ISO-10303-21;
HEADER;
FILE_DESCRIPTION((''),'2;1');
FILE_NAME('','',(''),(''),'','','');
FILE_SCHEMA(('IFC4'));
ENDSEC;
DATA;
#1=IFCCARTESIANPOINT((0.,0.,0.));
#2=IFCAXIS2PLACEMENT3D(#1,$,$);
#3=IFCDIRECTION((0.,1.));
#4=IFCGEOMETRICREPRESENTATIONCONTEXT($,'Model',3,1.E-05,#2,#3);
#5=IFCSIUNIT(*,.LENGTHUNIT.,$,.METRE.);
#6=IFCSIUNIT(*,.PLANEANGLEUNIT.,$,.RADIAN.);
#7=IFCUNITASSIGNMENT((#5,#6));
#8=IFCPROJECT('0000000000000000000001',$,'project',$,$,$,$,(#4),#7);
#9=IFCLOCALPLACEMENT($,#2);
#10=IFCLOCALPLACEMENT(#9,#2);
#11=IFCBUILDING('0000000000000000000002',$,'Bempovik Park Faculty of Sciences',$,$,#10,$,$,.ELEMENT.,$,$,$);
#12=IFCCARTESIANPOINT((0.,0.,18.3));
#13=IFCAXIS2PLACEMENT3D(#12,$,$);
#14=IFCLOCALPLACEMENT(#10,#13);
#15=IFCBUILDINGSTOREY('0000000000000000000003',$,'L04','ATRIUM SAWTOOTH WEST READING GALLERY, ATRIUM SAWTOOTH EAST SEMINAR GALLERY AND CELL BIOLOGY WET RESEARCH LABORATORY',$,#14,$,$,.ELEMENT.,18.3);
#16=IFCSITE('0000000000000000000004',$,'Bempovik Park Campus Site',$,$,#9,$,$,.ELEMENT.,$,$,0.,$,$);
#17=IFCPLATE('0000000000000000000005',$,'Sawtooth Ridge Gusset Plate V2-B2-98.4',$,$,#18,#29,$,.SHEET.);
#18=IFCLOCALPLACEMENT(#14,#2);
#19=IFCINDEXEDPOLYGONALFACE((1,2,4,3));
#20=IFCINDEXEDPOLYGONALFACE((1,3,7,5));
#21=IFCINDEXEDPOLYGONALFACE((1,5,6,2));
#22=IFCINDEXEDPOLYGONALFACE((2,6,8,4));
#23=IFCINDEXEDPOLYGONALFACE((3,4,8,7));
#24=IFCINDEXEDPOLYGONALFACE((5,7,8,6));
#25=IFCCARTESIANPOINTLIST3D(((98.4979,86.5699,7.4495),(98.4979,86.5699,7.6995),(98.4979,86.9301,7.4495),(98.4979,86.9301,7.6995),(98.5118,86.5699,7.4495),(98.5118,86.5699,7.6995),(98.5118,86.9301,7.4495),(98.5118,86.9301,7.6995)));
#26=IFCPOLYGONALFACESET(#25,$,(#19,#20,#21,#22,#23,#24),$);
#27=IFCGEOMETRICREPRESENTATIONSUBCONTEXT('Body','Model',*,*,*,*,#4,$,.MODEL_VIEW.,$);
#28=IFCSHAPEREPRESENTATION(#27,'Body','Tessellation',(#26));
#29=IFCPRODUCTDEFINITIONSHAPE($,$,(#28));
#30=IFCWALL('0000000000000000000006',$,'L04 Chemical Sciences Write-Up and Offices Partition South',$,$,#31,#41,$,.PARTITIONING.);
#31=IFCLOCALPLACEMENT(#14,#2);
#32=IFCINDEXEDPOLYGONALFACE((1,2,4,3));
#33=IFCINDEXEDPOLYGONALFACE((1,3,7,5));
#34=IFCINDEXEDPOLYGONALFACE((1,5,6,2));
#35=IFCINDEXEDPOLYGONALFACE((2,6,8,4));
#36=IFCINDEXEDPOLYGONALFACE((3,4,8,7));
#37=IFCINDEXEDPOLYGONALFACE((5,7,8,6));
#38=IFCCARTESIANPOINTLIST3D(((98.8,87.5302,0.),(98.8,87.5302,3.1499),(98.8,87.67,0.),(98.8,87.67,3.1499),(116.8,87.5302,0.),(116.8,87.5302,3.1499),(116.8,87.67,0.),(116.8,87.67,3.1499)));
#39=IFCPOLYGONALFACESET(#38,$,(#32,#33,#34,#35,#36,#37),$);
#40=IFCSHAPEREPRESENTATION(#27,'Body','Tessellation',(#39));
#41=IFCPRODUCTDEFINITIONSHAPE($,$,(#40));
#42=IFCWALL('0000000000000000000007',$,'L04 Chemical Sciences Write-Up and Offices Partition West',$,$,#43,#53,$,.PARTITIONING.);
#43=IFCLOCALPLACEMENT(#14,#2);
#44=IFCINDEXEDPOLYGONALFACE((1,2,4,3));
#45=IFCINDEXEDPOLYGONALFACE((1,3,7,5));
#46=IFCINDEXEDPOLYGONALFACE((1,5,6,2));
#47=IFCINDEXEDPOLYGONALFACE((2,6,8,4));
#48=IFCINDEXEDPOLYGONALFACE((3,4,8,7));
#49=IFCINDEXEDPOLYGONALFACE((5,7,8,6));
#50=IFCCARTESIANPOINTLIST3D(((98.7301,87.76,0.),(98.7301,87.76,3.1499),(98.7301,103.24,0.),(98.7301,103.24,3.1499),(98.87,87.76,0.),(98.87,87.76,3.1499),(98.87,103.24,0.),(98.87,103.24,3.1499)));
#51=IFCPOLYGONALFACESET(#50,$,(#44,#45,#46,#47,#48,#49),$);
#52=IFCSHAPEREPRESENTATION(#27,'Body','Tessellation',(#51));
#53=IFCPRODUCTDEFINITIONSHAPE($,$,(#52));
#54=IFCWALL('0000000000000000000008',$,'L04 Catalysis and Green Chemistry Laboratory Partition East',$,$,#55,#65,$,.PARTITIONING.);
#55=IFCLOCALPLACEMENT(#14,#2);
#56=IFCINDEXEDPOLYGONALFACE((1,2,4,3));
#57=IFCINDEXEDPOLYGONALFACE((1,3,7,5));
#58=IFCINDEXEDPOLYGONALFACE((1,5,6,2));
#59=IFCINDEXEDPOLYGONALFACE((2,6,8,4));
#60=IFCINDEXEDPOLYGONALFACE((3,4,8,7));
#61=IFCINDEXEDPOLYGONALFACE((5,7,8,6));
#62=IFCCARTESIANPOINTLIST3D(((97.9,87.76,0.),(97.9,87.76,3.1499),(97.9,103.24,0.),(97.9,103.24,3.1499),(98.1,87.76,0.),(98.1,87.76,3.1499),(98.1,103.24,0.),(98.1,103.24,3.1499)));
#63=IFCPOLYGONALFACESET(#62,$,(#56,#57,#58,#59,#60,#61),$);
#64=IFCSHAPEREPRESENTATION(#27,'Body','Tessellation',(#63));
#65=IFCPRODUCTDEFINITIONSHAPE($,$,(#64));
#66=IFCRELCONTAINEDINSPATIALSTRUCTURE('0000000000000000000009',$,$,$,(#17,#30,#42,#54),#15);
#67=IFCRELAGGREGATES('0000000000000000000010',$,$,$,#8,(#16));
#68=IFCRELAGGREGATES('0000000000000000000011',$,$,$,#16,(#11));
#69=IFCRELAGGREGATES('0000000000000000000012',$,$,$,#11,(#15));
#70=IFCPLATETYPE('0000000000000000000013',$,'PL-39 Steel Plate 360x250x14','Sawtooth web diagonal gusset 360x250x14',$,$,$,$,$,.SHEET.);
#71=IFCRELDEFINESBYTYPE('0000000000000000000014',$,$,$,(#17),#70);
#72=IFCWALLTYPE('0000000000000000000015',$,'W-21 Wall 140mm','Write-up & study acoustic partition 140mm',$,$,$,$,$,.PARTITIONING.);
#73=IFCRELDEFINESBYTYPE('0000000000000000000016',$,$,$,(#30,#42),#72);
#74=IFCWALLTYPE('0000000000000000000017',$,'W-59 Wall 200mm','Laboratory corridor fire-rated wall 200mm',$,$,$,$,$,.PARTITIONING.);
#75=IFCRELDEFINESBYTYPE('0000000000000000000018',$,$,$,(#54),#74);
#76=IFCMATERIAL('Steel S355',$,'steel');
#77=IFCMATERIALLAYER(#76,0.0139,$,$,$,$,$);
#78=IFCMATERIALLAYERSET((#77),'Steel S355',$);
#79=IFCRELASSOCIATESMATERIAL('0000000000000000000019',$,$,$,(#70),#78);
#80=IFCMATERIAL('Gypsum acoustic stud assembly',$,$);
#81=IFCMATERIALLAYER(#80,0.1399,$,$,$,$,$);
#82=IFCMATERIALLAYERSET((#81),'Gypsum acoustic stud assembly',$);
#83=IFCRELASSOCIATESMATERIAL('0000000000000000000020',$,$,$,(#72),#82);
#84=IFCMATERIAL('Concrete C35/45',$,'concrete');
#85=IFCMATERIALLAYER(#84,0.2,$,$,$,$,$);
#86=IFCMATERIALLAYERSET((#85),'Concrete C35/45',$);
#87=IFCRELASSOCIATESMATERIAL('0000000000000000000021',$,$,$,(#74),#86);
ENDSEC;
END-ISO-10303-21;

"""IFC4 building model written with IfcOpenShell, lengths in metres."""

from ifc_helpers import new_model, si_unit, direction, frame, frame_2d, origin, origin_2d, place, context, subcontext, project, spatial, rectangle, extrude, material, layer, layer_set, type_object, element, save


model = new_model("IFC4")

# Units and contexts
model_context = context("Model", 3, precision=1e-05, world=origin(), true_north=direction((0.0, 1.0)))
body_context = subcontext(model_context, "Body", "Model", "MODEL_VIEW")
ifc_project = project(units=[si_unit("LENGTHUNIT", "METRE"), si_unit("PLANEANGLEUNIT", "RADIAN")], contexts=[model_context])

# Site, building, storey
site_placement = place(None, origin())
site = spatial("IfcSite", under=ifc_project, at=site_placement, Name="Bempovik Park Campus Site", CompositionType="ELEMENT", RefElevation=0.0)
building_placement = place(site_placement, origin())
building = spatial("IfcBuilding", under=site, at=building_placement, Name="Bempovik Park Faculty of Sciences", CompositionType="ELEMENT")
storey_placement = place(building_placement, frame((0.0, 0.0, 18.3)))
storey = spatial("IfcBuildingStorey", under=building, at=storey_placement, Name="L04", Description="ATRIUM SAWTOOTH WEST READING GALLERY, ATRIUM SAWTOOTH EAST SEMINAR GALLERY AND CELL BIOLOGY WET RESEARCH LABORATORY", CompositionType="ELEMENT", Elevation=18.3)

# Shared definitions
ifc_material_1 = material(Name="Concrete C35/45", Category="concrete")

# Shared definitions
ifc_material_2 = material(Name="Steel S355", Category="steel")

# Plate
ifc_layer_1 = layer(ifc_material_2, 0.0139)
ifc_layer_set_1 = layer_set([ifc_layer_1], Name="Steel S355")
plate_type_1 = type_object("IfcPlateType", Name="PL-39 Steel Plate 360x250x14", Description="Sawtooth web diagonal gusset 360x250x14", PredefinedType="SHEET", material=ifc_layer_set_1)
plate_1_placement = place(storey_placement, frame((98.5049, 86.75, 7.4495), z_axis=(0.0, 0.0, 1.0), x_axis=(1.0, 0.0, 0.0)))
element("IfcPlate", 1, at=plate_1_placement, inside=storey, type_object=plate_type_1, Name="Sawtooth Ridge Gusset Plate V2-B2-98.4", PredefinedType="SHEET", context=body_context, shape_type="SweptSolid", body=[
    extrude(rectangle(XDim=0.0139, YDim=0.3601, at=origin_2d()), origin(), (0.0, 0.0, 1.0), 0.25),
])

# Walls
ifc_material_3 = material(Name="Gypsum acoustic stud assembly")
ifc_layer_2 = layer(ifc_material_3, 0.1399)
ifc_layer_set_2 = layer_set([ifc_layer_2], Name="Gypsum acoustic stud assembly")
wall_type_1 = type_object("IfcWallType", Name="W-21 Wall 140mm", Description="Write-up & study acoustic partition 140mm", PredefinedType="PARTITIONING", material=ifc_layer_set_2)
wall_1_placement = place(storey_placement, frame((98.8, 87.6001, 0.0), z_axis=(0.0, 0.0, 1.0), x_axis=(1.0, 0.0, 0.0)))
element("IfcWall", 2, at=wall_1_placement, inside=storey, type_object=wall_type_1, Name="L04 Chemical Sciences Write-Up and Offices Partition South", PredefinedType="PARTITIONING", context=body_context, shape_type="SweptSolid", body=[
    extrude(rectangle(XDim=18.0, YDim=0.1399, at=frame_2d((9.0, 0.0))), origin(), (0.0, 0.0, 1.0), 3.1499),
])
wall_2_placement = place(storey_placement, frame((98.8, 87.76, 0.0), z_axis=(0.0, 0.0, 1.0), x_axis=(0.0, 1.0, 0.0)))
element("IfcWall", 3, at=wall_2_placement, inside=storey, type_object=wall_type_1, Name="L04 Chemical Sciences Write-Up and Offices Partition West", PredefinedType="PARTITIONING", context=body_context, shape_type="SweptSolid", body=[
    extrude(rectangle(XDim=15.48, YDim=0.1399, at=frame_2d((7.74, 0.0))), origin(), (0.0, 0.0, 1.0), 3.1499),
])
ifc_layer_3 = layer(ifc_material_1, 0.2)
ifc_layer_set_3 = layer_set([ifc_layer_3], Name="Concrete C35/45")
wall_type_2 = type_object("IfcWallType", Name="W-59 Wall 200mm", Description="Laboratory corridor fire-rated wall 200mm", PredefinedType="PARTITIONING", material=ifc_layer_set_3)
wall_3_placement = place(storey_placement, frame((98.0, 87.76, 0.0), z_axis=(0.0, 0.0, 1.0), x_axis=(0.0, 1.0, 0.0)))
element("IfcWall", 4, at=wall_3_placement, inside=storey, type_object=wall_type_2, Name="L04 Catalysis and Green Chemistry Laboratory Partition East", PredefinedType="PARTITIONING", context=body_context, shape_type="SweptSolid", body=[
    extrude(rectangle(XDim=15.48, YDim=0.2, at=frame_2d((7.74, 0.0))), origin(), (0.0, 0.0, 1.0), 3.1499),
])

save(model, "model.ifc")
